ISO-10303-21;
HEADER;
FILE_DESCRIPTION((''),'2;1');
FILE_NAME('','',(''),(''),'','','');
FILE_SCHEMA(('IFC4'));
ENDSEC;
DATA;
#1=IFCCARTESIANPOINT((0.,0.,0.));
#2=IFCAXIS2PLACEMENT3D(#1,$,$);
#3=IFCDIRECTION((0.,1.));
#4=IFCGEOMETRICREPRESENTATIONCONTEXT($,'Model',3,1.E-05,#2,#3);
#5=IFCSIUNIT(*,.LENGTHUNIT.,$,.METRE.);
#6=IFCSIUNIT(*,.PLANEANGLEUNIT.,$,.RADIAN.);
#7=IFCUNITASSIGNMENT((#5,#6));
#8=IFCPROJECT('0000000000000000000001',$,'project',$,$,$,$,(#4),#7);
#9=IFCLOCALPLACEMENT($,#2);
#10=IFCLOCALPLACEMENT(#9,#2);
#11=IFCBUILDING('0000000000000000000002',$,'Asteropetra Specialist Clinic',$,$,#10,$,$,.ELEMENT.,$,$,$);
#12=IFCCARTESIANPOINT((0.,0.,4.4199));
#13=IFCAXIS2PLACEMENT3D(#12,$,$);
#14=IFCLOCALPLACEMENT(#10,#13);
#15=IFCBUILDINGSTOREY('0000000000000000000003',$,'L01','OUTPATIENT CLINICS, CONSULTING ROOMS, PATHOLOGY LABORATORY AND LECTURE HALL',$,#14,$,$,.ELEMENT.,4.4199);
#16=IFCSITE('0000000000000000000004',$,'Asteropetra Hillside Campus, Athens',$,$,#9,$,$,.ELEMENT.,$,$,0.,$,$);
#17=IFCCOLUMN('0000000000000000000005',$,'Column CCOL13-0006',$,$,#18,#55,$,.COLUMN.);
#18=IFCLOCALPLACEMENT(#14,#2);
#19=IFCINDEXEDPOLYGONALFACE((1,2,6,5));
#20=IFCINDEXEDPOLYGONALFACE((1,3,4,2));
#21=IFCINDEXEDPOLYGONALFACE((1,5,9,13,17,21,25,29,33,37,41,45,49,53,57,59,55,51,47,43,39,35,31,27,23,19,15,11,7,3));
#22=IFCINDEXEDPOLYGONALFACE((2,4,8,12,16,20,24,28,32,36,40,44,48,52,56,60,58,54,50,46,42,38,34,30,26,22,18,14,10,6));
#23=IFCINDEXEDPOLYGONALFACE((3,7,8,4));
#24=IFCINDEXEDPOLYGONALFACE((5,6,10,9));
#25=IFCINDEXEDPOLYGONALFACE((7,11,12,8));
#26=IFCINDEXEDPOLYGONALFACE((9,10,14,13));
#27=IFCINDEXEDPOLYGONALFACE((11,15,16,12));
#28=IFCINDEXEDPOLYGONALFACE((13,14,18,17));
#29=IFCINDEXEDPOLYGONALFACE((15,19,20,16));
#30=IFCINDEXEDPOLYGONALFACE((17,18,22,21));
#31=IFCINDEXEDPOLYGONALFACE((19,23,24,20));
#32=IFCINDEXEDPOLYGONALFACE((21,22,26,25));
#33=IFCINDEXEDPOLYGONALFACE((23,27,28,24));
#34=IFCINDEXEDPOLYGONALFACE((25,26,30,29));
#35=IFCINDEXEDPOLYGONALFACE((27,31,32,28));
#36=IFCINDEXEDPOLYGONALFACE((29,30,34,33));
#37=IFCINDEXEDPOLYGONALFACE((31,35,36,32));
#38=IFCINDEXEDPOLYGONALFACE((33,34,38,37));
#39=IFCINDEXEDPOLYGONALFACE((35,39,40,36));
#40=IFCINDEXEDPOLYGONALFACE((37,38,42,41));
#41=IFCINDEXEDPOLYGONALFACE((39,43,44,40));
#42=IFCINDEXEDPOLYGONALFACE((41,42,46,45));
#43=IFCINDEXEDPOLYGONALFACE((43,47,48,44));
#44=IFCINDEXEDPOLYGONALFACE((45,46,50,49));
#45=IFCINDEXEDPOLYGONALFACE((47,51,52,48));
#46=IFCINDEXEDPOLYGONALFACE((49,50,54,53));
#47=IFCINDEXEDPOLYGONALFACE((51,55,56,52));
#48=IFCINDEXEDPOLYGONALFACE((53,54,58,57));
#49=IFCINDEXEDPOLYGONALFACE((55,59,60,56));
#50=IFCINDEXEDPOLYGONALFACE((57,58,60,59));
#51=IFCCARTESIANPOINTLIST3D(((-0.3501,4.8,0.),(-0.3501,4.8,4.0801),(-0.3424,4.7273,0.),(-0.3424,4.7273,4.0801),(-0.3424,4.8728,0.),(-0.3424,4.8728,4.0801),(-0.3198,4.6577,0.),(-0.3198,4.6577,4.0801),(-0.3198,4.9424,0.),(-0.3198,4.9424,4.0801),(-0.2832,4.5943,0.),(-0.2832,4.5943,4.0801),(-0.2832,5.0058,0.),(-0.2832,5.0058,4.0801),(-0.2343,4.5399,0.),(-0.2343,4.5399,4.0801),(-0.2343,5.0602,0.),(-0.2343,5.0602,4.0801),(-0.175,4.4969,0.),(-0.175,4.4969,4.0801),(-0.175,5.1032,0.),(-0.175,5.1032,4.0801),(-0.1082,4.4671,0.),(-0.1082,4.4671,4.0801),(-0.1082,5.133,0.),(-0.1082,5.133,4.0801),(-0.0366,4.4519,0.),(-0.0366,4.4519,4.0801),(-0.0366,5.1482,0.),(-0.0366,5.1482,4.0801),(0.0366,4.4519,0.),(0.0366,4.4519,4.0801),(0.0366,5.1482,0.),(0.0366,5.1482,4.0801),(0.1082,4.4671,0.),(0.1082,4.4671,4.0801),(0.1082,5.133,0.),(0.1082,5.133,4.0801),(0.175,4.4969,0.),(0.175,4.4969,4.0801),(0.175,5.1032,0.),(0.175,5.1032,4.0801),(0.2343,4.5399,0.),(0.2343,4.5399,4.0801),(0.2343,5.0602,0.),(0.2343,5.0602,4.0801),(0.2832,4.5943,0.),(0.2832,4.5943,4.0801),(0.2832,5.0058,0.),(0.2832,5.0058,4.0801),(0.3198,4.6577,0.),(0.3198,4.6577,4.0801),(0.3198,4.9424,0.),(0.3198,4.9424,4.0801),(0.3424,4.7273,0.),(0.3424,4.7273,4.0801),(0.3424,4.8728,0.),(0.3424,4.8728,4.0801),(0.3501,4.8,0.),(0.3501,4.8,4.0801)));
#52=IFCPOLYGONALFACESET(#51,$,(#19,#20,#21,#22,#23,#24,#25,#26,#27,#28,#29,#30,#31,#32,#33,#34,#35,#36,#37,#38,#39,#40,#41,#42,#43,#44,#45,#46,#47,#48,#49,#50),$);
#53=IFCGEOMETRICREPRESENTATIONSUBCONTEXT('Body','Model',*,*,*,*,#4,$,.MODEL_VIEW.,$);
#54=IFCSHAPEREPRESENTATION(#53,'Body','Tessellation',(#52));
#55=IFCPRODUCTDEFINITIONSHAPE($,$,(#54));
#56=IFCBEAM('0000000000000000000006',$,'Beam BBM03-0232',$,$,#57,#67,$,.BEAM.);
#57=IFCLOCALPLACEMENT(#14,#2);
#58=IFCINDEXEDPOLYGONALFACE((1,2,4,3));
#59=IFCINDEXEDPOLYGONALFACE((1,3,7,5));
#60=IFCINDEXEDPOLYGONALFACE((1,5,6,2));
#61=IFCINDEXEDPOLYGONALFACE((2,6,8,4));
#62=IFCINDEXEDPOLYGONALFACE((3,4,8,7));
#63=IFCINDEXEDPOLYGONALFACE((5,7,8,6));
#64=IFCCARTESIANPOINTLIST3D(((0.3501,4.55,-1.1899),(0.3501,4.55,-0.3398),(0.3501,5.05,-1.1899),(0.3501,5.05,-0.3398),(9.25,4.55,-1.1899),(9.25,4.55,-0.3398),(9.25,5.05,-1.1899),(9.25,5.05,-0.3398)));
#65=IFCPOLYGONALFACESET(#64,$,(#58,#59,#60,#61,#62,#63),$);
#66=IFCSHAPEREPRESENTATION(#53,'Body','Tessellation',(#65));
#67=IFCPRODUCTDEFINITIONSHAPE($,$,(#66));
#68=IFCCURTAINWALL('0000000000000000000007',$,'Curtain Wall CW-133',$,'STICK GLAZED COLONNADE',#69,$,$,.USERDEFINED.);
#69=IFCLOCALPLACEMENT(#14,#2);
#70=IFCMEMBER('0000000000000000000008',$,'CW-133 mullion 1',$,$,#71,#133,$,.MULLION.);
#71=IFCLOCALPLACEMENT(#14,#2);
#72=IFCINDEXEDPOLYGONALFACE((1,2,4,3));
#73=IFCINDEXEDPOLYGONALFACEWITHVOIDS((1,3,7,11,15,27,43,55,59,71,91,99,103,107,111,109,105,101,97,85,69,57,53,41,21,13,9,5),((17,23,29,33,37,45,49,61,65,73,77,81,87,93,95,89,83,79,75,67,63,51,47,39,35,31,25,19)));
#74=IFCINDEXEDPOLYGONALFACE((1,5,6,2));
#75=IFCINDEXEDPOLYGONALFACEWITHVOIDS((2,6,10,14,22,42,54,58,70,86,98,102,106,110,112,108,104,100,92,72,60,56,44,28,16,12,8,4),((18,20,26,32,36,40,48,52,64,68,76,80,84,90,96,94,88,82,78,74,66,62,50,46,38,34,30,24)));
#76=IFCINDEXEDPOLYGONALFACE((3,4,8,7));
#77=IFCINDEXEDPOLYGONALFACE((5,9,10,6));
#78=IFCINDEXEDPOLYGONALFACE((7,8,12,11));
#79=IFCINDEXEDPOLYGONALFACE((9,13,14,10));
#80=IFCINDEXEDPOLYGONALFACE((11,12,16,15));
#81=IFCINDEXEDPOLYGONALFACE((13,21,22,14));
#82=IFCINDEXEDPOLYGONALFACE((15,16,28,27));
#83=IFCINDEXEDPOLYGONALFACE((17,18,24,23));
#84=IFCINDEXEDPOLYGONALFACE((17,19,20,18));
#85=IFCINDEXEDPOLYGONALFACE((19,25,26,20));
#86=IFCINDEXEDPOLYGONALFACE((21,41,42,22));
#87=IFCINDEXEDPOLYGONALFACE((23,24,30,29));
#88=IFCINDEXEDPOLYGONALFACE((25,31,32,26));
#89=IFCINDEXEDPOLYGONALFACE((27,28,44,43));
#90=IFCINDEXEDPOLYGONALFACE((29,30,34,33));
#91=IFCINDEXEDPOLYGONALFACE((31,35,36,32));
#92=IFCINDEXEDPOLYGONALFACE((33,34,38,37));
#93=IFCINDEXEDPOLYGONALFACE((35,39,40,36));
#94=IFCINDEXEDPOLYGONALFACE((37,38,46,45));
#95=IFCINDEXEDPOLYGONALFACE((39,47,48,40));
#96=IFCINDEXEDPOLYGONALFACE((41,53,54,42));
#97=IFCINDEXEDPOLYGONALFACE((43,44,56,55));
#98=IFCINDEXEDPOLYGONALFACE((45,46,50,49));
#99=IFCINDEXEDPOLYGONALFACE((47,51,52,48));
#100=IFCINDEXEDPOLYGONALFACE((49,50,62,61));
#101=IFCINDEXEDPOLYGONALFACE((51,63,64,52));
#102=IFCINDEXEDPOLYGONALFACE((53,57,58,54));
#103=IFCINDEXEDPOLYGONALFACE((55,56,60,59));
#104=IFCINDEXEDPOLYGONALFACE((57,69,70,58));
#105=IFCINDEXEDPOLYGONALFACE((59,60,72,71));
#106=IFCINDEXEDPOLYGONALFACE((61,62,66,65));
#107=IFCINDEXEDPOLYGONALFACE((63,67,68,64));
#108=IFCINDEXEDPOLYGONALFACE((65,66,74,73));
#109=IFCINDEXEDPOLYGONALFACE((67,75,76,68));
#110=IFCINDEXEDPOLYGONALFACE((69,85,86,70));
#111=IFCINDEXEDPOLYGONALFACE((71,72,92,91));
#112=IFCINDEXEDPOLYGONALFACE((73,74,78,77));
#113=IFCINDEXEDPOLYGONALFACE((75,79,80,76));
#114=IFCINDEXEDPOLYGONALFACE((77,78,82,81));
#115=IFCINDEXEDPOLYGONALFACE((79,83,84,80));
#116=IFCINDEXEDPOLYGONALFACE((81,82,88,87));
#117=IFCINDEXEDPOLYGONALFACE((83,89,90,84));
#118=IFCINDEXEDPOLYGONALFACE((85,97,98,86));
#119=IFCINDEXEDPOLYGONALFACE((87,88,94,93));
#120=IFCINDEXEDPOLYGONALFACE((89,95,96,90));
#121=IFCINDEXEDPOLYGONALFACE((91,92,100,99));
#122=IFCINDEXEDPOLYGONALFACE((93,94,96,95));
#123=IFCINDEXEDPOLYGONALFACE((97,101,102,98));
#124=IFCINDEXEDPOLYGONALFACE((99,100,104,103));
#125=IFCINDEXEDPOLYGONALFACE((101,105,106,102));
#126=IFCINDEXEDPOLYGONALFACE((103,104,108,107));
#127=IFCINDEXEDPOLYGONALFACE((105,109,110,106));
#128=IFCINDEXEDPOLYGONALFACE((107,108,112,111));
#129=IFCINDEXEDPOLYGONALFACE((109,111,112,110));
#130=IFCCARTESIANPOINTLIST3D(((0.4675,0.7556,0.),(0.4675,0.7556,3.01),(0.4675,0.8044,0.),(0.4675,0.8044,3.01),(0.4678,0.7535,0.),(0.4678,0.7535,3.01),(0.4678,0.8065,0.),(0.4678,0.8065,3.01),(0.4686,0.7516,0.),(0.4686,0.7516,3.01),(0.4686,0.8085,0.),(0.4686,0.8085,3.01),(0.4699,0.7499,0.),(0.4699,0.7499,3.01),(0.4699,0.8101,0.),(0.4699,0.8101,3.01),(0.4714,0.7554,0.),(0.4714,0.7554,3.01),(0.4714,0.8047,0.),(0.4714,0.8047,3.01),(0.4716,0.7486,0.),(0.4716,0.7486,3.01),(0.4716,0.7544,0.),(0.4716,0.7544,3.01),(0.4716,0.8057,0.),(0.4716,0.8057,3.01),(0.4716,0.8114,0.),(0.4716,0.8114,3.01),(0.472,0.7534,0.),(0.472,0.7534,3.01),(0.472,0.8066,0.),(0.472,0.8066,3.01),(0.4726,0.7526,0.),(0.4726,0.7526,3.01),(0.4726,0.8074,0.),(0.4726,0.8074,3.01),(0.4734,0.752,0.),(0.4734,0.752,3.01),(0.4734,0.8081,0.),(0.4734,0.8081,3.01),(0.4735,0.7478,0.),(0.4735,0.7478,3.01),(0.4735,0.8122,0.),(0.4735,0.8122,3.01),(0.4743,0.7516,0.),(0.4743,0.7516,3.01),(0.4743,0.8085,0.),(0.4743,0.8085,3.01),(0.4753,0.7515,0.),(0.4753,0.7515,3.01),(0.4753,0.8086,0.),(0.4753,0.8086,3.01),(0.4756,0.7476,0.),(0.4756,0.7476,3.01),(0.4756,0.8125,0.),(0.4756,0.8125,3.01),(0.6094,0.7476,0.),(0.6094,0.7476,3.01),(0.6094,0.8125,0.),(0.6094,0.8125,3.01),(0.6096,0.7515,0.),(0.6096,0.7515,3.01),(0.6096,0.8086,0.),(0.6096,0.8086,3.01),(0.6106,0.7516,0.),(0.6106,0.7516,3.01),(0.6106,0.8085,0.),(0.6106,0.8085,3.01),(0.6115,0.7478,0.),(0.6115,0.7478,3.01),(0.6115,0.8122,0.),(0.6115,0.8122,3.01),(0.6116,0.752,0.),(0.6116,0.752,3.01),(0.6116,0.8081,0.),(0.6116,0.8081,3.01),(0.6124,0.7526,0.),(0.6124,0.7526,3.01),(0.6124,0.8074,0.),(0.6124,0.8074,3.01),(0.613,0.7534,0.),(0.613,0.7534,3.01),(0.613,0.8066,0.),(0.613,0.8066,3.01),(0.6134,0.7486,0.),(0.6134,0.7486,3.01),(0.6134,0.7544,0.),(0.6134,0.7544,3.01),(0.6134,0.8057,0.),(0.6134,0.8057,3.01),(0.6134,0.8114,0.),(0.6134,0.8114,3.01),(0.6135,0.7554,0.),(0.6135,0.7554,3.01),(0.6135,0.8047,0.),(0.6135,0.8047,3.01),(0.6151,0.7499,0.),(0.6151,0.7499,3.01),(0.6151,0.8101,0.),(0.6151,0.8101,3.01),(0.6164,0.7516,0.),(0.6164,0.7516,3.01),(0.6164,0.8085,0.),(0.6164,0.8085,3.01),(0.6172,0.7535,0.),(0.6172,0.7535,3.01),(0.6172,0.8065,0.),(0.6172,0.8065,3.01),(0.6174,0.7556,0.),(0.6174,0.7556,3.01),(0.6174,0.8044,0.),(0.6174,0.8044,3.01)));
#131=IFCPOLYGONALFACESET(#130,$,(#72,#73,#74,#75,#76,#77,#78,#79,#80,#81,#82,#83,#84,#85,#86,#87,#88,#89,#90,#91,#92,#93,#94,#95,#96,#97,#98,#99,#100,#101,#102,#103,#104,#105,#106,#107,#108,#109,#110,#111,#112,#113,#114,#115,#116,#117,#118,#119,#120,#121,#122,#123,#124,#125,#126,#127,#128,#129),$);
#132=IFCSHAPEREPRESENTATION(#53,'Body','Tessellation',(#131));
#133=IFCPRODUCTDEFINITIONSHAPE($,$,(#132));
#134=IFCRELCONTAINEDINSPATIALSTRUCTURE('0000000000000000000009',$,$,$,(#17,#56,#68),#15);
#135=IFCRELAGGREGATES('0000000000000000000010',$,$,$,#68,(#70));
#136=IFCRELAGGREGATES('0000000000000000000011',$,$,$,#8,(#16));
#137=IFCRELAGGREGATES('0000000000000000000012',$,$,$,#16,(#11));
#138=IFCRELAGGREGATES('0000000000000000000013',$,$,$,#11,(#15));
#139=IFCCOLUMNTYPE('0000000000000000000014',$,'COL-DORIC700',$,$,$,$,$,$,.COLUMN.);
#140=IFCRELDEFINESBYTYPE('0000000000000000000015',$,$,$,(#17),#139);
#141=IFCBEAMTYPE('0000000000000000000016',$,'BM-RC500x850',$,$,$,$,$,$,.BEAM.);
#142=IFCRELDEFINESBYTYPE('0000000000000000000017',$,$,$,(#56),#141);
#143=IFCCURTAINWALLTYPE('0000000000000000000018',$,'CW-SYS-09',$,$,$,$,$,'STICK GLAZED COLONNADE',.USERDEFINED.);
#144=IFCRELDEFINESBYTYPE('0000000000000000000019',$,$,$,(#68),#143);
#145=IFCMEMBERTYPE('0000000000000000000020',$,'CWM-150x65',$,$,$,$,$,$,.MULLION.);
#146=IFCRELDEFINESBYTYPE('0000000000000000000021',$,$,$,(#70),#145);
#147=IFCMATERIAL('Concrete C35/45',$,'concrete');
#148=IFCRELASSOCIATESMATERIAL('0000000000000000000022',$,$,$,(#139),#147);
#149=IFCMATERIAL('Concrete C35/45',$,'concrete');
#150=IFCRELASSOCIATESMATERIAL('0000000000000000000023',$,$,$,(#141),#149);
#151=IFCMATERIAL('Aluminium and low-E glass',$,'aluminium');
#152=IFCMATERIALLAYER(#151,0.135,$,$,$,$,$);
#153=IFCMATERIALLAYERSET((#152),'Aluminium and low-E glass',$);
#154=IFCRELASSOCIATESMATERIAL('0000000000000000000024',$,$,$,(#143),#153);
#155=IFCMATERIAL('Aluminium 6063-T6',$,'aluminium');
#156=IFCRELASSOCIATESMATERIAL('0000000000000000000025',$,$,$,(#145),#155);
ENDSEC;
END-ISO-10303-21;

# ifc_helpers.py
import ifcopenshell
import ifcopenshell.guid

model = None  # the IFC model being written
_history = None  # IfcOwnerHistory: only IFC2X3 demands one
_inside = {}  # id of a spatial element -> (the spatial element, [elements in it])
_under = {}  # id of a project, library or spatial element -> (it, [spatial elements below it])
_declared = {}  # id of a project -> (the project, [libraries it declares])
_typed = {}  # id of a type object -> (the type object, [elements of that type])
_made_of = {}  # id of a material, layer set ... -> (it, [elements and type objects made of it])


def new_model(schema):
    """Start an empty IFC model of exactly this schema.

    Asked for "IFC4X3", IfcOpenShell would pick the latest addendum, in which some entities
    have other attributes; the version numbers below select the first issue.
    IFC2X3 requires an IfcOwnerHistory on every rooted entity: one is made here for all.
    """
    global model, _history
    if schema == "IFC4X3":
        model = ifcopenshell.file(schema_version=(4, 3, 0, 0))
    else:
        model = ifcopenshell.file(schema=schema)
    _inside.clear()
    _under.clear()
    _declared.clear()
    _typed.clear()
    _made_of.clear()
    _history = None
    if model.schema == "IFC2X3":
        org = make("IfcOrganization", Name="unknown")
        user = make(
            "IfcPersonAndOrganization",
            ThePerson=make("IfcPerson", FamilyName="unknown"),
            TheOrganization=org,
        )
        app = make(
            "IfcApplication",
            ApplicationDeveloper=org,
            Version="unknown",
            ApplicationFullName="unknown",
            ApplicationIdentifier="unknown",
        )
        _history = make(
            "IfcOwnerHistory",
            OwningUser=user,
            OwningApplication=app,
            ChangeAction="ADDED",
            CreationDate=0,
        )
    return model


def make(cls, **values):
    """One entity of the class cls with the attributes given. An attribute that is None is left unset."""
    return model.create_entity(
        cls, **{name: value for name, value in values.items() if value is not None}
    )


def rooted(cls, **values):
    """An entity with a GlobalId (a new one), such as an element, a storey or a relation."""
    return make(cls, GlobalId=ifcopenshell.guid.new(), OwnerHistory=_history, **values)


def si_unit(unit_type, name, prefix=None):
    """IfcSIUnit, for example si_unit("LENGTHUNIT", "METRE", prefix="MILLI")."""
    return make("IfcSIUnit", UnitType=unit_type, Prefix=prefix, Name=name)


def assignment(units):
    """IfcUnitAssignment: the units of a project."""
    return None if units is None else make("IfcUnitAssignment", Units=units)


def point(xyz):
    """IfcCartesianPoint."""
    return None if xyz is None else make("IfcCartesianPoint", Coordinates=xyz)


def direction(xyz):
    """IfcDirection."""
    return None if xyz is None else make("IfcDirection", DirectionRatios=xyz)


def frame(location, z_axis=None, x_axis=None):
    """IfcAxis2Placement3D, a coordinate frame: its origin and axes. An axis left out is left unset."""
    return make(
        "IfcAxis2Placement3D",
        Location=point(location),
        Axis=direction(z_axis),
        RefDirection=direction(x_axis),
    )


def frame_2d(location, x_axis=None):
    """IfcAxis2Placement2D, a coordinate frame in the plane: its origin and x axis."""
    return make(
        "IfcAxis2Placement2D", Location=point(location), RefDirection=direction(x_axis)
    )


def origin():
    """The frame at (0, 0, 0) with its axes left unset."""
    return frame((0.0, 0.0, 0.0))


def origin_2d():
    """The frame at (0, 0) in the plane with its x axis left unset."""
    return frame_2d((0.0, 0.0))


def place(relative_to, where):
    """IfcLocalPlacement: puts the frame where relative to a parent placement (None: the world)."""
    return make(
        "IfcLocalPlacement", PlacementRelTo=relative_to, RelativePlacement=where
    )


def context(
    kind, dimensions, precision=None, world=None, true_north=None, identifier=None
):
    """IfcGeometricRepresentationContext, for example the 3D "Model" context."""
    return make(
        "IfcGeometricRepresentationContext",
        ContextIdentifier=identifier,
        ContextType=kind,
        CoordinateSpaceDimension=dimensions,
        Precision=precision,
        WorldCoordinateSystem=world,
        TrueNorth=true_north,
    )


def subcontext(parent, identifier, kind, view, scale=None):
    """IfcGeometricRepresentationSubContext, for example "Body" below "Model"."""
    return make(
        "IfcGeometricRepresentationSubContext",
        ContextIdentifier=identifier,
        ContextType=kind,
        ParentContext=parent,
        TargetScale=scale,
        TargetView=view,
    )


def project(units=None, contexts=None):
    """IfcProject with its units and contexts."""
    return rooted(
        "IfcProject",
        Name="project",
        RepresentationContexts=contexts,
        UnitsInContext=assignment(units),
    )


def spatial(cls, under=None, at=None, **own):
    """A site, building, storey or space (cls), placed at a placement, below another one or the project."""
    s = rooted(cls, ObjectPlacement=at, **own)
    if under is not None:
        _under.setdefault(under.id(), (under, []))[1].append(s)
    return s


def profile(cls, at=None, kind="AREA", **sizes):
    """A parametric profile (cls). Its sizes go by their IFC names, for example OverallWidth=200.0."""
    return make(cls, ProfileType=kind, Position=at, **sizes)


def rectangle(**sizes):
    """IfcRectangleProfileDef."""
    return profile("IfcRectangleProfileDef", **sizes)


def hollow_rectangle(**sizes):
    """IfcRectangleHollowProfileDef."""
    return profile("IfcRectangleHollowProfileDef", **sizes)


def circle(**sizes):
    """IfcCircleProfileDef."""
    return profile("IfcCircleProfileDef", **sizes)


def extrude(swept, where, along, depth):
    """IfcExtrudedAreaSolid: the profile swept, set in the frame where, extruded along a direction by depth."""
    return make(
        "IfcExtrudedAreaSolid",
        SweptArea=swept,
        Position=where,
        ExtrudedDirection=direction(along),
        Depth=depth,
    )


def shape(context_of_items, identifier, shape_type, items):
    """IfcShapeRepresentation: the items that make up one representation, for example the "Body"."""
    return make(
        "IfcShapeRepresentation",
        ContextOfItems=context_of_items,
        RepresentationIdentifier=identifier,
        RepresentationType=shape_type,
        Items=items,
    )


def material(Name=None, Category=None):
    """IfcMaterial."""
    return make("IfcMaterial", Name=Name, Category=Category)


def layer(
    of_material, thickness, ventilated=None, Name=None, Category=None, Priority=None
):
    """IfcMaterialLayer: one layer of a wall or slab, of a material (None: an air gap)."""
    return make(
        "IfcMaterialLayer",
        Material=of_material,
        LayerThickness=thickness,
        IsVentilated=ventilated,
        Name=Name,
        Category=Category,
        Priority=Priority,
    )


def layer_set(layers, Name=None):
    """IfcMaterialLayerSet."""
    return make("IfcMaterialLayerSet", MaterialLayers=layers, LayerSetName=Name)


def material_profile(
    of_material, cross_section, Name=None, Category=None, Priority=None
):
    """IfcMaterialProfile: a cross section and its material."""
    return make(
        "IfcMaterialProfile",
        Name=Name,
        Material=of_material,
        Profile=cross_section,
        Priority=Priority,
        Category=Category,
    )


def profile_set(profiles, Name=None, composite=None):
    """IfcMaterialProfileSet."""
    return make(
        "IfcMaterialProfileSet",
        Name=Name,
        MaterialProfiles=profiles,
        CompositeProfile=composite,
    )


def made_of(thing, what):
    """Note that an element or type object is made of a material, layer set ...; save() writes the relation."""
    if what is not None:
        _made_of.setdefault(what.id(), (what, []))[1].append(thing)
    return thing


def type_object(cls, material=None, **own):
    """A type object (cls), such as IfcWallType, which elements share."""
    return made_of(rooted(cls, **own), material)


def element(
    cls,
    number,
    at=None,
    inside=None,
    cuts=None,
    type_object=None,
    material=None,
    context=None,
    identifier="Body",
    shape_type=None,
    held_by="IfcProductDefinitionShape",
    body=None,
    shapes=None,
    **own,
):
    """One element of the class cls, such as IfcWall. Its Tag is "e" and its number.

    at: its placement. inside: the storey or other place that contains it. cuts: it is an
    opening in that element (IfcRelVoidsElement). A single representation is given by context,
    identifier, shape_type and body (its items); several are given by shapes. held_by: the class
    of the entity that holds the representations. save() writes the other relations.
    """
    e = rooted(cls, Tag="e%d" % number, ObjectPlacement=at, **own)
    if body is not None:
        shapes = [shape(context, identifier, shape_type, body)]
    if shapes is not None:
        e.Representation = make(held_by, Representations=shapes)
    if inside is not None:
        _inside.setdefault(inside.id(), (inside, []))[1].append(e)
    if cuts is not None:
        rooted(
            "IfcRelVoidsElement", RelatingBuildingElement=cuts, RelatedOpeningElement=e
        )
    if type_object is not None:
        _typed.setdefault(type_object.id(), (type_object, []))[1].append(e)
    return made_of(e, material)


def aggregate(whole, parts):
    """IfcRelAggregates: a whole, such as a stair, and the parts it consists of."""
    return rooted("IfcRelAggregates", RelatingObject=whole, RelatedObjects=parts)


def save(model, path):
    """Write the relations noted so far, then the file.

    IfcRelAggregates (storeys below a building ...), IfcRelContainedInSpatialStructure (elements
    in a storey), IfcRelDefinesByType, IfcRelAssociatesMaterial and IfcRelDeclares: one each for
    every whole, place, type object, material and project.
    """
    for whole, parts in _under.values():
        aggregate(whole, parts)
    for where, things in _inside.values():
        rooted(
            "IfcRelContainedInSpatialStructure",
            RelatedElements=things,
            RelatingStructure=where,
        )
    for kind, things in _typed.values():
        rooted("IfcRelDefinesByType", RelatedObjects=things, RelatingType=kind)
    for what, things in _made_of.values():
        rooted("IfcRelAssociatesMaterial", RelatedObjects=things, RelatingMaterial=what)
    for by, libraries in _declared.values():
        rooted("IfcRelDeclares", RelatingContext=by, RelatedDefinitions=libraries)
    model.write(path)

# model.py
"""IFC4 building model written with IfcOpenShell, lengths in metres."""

from ifc_helpers import new_model, si_unit, direction, frame, origin, origin_2d, place, context, subcontext, project, spatial, rectangle, hollow_rectangle, circle, extrude, material, layer, layer_set, material_profile, profile_set, type_object, element, aggregate, save


model = new_model("IFC4")

# Units and contexts
model_context = context("Model", 3, precision=1e-05, world=origin(), true_north=direction((0.0, 1.0)))
body_context = subcontext(model_context, "Body", "Model", "MODEL_VIEW")
ifc_project = project(units=[si_unit("LENGTHUNIT", "METRE"), si_unit("PLANEANGLEUNIT", "RADIAN")], contexts=[model_context])

# Site, building, storey
site_placement = place(None, origin())
site = spatial("IfcSite", under=ifc_project, at=site_placement, Name="Asteropetra Hillside Campus, Athens", CompositionType="ELEMENT", RefElevation=0.0)
building_placement = place(site_placement, origin())
building = spatial("IfcBuilding", under=site, at=building_placement, Name="Asteropetra Specialist Clinic", CompositionType="ELEMENT")
storey_placement = place(building_placement, frame((0.0, 0.0, 4.4199)))
storey = spatial("IfcBuildingStorey", under=building, at=storey_placement, Name="L01", Description="OUTPATIENT CLINICS, CONSULTING ROOMS, PATHOLOGY LABORATORY AND LECTURE HALL", CompositionType="ELEMENT", Elevation=4.4199)

# Column
ifc_material_1 = material(Name="Concrete C35/45", Category="concrete")
ifc_material_profile_1 = material_profile(ifc_material_1, circle(Radius=0.3501, at=origin_2d()), Name="RCC D700")
ifc_profile_set_1 = profile_set([ifc_material_profile_1], Name="Concrete C35/45")
column_type = type_object("IfcColumnType", Name="COL-DORIC700", PredefinedType="COLUMN", material=ifc_profile_set_1)
column_placement = place(storey_placement, frame((0.0, 4.8, 0.0), z_axis=(0.0, 0.0, 1.0), x_axis=(1.0, 0.0, 0.0)))
element("IfcColumn", 1, at=column_placement, inside=storey, type_object=column_type, Name="Column CCOL13-0006", PredefinedType="COLUMN", context=body_context, shape_type="SweptSolid", body=[
    extrude(circle(Radius=0.3501, at=origin_2d()), origin(), (0.0, 0.0, 1.0), 4.0801),
])

# Beam
ifc_material_2 = material(Name="Concrete C35/45", Category="concrete")
ifc_material_profile_2 = material_profile(ifc_material_2, rectangle(XDim=0.5, YDim=0.8501, at=origin_2d()), Name="RCB 500x850")
ifc_profile_set_2 = profile_set([ifc_material_profile_2], Name="Concrete C35/45")
beam_type_1 = type_object("IfcBeamType", Name="BM-RC500x850", PredefinedType="BEAM", material=ifc_profile_set_2)
beam_1_placement = place(storey_placement, frame((0.3501, 4.8, -0.7649), z_axis=(1.0, 0.0, 0.0), x_axis=(0.0, 1.0, 0.0)))
element("IfcBeam", 2, at=beam_1_placement, inside=storey, type_object=beam_type_1, Name="Beam BBM03-0232", PredefinedType="BEAM", context=body_context, shape_type="SweptSolid", body=[
    extrude(rectangle(XDim=0.5, YDim=0.8501, at=origin_2d()), origin(), (0.0, 0.0, 1.0), 8.8999),
])

# Curtain wall, member
ifc_material_3 = material(Name="Aluminium and low-E glass", Category="aluminium")
ifc_layer_1 = layer(ifc_material_3, 0.135)
ifc_layer_set_1 = layer_set([ifc_layer_1], Name="Aluminium and low-E glass")
curtain_wall_type = type_object("IfcCurtainWallType", Name="CW-SYS-09", ElementType="STICK GLAZED COLONNADE", PredefinedType="USERDEFINED", material=ifc_layer_set_1)
curtain_wall_placement = place(storey_placement, origin())
curtain_wall = element("IfcCurtainWall", 3, at=curtain_wall_placement, inside=storey, type_object=curtain_wall_type, Name="Curtain Wall CW-133", ObjectType="STICK GLAZED COLONNADE", PredefinedType="USERDEFINED")
ifc_material_4 = material(Name="Aluminium 6063-T6", Category="aluminium")
ifc_material_profile_3 = material_profile(ifc_material_4, hollow_rectangle(XDim=0.0649, YDim=0.1499, WallThickness=0.0039, InnerFilletRadius=0.0039, OuterFilletRadius=0.0081, at=origin_2d()), Name="MUL 150x65x4.0")
ifc_profile_set_3 = profile_set([ifc_material_profile_3], Name="Aluminium 6063-T6")
member_type_1 = type_object("IfcMemberType", Name="CWM-150x65", PredefinedType="MULLION", material=ifc_profile_set_3)
member_1_placement = place(storey_placement, frame((0.5425, 0.78, 0.0), z_axis=(0.0, 0.0, 1.0), x_axis=(0.0, 1.0, 0.0)))
member_1 = element("IfcMember", 4, at=member_1_placement, type_object=member_type_1, Name="CW-133 mullion 1", PredefinedType="MULLION", context=body_context, shape_type="SweptSolid", body=[
    extrude(hollow_rectangle(XDim=0.0649, YDim=0.1499, WallThickness=0.0039, InnerFilletRadius=0.0039, OuterFilletRadius=0.0081, at=origin_2d()), origin(), (0.0, 0.0, 1.0), 3.01),
])
aggregate(curtain_wall, [member_1])

save(model, "model.ifc")
